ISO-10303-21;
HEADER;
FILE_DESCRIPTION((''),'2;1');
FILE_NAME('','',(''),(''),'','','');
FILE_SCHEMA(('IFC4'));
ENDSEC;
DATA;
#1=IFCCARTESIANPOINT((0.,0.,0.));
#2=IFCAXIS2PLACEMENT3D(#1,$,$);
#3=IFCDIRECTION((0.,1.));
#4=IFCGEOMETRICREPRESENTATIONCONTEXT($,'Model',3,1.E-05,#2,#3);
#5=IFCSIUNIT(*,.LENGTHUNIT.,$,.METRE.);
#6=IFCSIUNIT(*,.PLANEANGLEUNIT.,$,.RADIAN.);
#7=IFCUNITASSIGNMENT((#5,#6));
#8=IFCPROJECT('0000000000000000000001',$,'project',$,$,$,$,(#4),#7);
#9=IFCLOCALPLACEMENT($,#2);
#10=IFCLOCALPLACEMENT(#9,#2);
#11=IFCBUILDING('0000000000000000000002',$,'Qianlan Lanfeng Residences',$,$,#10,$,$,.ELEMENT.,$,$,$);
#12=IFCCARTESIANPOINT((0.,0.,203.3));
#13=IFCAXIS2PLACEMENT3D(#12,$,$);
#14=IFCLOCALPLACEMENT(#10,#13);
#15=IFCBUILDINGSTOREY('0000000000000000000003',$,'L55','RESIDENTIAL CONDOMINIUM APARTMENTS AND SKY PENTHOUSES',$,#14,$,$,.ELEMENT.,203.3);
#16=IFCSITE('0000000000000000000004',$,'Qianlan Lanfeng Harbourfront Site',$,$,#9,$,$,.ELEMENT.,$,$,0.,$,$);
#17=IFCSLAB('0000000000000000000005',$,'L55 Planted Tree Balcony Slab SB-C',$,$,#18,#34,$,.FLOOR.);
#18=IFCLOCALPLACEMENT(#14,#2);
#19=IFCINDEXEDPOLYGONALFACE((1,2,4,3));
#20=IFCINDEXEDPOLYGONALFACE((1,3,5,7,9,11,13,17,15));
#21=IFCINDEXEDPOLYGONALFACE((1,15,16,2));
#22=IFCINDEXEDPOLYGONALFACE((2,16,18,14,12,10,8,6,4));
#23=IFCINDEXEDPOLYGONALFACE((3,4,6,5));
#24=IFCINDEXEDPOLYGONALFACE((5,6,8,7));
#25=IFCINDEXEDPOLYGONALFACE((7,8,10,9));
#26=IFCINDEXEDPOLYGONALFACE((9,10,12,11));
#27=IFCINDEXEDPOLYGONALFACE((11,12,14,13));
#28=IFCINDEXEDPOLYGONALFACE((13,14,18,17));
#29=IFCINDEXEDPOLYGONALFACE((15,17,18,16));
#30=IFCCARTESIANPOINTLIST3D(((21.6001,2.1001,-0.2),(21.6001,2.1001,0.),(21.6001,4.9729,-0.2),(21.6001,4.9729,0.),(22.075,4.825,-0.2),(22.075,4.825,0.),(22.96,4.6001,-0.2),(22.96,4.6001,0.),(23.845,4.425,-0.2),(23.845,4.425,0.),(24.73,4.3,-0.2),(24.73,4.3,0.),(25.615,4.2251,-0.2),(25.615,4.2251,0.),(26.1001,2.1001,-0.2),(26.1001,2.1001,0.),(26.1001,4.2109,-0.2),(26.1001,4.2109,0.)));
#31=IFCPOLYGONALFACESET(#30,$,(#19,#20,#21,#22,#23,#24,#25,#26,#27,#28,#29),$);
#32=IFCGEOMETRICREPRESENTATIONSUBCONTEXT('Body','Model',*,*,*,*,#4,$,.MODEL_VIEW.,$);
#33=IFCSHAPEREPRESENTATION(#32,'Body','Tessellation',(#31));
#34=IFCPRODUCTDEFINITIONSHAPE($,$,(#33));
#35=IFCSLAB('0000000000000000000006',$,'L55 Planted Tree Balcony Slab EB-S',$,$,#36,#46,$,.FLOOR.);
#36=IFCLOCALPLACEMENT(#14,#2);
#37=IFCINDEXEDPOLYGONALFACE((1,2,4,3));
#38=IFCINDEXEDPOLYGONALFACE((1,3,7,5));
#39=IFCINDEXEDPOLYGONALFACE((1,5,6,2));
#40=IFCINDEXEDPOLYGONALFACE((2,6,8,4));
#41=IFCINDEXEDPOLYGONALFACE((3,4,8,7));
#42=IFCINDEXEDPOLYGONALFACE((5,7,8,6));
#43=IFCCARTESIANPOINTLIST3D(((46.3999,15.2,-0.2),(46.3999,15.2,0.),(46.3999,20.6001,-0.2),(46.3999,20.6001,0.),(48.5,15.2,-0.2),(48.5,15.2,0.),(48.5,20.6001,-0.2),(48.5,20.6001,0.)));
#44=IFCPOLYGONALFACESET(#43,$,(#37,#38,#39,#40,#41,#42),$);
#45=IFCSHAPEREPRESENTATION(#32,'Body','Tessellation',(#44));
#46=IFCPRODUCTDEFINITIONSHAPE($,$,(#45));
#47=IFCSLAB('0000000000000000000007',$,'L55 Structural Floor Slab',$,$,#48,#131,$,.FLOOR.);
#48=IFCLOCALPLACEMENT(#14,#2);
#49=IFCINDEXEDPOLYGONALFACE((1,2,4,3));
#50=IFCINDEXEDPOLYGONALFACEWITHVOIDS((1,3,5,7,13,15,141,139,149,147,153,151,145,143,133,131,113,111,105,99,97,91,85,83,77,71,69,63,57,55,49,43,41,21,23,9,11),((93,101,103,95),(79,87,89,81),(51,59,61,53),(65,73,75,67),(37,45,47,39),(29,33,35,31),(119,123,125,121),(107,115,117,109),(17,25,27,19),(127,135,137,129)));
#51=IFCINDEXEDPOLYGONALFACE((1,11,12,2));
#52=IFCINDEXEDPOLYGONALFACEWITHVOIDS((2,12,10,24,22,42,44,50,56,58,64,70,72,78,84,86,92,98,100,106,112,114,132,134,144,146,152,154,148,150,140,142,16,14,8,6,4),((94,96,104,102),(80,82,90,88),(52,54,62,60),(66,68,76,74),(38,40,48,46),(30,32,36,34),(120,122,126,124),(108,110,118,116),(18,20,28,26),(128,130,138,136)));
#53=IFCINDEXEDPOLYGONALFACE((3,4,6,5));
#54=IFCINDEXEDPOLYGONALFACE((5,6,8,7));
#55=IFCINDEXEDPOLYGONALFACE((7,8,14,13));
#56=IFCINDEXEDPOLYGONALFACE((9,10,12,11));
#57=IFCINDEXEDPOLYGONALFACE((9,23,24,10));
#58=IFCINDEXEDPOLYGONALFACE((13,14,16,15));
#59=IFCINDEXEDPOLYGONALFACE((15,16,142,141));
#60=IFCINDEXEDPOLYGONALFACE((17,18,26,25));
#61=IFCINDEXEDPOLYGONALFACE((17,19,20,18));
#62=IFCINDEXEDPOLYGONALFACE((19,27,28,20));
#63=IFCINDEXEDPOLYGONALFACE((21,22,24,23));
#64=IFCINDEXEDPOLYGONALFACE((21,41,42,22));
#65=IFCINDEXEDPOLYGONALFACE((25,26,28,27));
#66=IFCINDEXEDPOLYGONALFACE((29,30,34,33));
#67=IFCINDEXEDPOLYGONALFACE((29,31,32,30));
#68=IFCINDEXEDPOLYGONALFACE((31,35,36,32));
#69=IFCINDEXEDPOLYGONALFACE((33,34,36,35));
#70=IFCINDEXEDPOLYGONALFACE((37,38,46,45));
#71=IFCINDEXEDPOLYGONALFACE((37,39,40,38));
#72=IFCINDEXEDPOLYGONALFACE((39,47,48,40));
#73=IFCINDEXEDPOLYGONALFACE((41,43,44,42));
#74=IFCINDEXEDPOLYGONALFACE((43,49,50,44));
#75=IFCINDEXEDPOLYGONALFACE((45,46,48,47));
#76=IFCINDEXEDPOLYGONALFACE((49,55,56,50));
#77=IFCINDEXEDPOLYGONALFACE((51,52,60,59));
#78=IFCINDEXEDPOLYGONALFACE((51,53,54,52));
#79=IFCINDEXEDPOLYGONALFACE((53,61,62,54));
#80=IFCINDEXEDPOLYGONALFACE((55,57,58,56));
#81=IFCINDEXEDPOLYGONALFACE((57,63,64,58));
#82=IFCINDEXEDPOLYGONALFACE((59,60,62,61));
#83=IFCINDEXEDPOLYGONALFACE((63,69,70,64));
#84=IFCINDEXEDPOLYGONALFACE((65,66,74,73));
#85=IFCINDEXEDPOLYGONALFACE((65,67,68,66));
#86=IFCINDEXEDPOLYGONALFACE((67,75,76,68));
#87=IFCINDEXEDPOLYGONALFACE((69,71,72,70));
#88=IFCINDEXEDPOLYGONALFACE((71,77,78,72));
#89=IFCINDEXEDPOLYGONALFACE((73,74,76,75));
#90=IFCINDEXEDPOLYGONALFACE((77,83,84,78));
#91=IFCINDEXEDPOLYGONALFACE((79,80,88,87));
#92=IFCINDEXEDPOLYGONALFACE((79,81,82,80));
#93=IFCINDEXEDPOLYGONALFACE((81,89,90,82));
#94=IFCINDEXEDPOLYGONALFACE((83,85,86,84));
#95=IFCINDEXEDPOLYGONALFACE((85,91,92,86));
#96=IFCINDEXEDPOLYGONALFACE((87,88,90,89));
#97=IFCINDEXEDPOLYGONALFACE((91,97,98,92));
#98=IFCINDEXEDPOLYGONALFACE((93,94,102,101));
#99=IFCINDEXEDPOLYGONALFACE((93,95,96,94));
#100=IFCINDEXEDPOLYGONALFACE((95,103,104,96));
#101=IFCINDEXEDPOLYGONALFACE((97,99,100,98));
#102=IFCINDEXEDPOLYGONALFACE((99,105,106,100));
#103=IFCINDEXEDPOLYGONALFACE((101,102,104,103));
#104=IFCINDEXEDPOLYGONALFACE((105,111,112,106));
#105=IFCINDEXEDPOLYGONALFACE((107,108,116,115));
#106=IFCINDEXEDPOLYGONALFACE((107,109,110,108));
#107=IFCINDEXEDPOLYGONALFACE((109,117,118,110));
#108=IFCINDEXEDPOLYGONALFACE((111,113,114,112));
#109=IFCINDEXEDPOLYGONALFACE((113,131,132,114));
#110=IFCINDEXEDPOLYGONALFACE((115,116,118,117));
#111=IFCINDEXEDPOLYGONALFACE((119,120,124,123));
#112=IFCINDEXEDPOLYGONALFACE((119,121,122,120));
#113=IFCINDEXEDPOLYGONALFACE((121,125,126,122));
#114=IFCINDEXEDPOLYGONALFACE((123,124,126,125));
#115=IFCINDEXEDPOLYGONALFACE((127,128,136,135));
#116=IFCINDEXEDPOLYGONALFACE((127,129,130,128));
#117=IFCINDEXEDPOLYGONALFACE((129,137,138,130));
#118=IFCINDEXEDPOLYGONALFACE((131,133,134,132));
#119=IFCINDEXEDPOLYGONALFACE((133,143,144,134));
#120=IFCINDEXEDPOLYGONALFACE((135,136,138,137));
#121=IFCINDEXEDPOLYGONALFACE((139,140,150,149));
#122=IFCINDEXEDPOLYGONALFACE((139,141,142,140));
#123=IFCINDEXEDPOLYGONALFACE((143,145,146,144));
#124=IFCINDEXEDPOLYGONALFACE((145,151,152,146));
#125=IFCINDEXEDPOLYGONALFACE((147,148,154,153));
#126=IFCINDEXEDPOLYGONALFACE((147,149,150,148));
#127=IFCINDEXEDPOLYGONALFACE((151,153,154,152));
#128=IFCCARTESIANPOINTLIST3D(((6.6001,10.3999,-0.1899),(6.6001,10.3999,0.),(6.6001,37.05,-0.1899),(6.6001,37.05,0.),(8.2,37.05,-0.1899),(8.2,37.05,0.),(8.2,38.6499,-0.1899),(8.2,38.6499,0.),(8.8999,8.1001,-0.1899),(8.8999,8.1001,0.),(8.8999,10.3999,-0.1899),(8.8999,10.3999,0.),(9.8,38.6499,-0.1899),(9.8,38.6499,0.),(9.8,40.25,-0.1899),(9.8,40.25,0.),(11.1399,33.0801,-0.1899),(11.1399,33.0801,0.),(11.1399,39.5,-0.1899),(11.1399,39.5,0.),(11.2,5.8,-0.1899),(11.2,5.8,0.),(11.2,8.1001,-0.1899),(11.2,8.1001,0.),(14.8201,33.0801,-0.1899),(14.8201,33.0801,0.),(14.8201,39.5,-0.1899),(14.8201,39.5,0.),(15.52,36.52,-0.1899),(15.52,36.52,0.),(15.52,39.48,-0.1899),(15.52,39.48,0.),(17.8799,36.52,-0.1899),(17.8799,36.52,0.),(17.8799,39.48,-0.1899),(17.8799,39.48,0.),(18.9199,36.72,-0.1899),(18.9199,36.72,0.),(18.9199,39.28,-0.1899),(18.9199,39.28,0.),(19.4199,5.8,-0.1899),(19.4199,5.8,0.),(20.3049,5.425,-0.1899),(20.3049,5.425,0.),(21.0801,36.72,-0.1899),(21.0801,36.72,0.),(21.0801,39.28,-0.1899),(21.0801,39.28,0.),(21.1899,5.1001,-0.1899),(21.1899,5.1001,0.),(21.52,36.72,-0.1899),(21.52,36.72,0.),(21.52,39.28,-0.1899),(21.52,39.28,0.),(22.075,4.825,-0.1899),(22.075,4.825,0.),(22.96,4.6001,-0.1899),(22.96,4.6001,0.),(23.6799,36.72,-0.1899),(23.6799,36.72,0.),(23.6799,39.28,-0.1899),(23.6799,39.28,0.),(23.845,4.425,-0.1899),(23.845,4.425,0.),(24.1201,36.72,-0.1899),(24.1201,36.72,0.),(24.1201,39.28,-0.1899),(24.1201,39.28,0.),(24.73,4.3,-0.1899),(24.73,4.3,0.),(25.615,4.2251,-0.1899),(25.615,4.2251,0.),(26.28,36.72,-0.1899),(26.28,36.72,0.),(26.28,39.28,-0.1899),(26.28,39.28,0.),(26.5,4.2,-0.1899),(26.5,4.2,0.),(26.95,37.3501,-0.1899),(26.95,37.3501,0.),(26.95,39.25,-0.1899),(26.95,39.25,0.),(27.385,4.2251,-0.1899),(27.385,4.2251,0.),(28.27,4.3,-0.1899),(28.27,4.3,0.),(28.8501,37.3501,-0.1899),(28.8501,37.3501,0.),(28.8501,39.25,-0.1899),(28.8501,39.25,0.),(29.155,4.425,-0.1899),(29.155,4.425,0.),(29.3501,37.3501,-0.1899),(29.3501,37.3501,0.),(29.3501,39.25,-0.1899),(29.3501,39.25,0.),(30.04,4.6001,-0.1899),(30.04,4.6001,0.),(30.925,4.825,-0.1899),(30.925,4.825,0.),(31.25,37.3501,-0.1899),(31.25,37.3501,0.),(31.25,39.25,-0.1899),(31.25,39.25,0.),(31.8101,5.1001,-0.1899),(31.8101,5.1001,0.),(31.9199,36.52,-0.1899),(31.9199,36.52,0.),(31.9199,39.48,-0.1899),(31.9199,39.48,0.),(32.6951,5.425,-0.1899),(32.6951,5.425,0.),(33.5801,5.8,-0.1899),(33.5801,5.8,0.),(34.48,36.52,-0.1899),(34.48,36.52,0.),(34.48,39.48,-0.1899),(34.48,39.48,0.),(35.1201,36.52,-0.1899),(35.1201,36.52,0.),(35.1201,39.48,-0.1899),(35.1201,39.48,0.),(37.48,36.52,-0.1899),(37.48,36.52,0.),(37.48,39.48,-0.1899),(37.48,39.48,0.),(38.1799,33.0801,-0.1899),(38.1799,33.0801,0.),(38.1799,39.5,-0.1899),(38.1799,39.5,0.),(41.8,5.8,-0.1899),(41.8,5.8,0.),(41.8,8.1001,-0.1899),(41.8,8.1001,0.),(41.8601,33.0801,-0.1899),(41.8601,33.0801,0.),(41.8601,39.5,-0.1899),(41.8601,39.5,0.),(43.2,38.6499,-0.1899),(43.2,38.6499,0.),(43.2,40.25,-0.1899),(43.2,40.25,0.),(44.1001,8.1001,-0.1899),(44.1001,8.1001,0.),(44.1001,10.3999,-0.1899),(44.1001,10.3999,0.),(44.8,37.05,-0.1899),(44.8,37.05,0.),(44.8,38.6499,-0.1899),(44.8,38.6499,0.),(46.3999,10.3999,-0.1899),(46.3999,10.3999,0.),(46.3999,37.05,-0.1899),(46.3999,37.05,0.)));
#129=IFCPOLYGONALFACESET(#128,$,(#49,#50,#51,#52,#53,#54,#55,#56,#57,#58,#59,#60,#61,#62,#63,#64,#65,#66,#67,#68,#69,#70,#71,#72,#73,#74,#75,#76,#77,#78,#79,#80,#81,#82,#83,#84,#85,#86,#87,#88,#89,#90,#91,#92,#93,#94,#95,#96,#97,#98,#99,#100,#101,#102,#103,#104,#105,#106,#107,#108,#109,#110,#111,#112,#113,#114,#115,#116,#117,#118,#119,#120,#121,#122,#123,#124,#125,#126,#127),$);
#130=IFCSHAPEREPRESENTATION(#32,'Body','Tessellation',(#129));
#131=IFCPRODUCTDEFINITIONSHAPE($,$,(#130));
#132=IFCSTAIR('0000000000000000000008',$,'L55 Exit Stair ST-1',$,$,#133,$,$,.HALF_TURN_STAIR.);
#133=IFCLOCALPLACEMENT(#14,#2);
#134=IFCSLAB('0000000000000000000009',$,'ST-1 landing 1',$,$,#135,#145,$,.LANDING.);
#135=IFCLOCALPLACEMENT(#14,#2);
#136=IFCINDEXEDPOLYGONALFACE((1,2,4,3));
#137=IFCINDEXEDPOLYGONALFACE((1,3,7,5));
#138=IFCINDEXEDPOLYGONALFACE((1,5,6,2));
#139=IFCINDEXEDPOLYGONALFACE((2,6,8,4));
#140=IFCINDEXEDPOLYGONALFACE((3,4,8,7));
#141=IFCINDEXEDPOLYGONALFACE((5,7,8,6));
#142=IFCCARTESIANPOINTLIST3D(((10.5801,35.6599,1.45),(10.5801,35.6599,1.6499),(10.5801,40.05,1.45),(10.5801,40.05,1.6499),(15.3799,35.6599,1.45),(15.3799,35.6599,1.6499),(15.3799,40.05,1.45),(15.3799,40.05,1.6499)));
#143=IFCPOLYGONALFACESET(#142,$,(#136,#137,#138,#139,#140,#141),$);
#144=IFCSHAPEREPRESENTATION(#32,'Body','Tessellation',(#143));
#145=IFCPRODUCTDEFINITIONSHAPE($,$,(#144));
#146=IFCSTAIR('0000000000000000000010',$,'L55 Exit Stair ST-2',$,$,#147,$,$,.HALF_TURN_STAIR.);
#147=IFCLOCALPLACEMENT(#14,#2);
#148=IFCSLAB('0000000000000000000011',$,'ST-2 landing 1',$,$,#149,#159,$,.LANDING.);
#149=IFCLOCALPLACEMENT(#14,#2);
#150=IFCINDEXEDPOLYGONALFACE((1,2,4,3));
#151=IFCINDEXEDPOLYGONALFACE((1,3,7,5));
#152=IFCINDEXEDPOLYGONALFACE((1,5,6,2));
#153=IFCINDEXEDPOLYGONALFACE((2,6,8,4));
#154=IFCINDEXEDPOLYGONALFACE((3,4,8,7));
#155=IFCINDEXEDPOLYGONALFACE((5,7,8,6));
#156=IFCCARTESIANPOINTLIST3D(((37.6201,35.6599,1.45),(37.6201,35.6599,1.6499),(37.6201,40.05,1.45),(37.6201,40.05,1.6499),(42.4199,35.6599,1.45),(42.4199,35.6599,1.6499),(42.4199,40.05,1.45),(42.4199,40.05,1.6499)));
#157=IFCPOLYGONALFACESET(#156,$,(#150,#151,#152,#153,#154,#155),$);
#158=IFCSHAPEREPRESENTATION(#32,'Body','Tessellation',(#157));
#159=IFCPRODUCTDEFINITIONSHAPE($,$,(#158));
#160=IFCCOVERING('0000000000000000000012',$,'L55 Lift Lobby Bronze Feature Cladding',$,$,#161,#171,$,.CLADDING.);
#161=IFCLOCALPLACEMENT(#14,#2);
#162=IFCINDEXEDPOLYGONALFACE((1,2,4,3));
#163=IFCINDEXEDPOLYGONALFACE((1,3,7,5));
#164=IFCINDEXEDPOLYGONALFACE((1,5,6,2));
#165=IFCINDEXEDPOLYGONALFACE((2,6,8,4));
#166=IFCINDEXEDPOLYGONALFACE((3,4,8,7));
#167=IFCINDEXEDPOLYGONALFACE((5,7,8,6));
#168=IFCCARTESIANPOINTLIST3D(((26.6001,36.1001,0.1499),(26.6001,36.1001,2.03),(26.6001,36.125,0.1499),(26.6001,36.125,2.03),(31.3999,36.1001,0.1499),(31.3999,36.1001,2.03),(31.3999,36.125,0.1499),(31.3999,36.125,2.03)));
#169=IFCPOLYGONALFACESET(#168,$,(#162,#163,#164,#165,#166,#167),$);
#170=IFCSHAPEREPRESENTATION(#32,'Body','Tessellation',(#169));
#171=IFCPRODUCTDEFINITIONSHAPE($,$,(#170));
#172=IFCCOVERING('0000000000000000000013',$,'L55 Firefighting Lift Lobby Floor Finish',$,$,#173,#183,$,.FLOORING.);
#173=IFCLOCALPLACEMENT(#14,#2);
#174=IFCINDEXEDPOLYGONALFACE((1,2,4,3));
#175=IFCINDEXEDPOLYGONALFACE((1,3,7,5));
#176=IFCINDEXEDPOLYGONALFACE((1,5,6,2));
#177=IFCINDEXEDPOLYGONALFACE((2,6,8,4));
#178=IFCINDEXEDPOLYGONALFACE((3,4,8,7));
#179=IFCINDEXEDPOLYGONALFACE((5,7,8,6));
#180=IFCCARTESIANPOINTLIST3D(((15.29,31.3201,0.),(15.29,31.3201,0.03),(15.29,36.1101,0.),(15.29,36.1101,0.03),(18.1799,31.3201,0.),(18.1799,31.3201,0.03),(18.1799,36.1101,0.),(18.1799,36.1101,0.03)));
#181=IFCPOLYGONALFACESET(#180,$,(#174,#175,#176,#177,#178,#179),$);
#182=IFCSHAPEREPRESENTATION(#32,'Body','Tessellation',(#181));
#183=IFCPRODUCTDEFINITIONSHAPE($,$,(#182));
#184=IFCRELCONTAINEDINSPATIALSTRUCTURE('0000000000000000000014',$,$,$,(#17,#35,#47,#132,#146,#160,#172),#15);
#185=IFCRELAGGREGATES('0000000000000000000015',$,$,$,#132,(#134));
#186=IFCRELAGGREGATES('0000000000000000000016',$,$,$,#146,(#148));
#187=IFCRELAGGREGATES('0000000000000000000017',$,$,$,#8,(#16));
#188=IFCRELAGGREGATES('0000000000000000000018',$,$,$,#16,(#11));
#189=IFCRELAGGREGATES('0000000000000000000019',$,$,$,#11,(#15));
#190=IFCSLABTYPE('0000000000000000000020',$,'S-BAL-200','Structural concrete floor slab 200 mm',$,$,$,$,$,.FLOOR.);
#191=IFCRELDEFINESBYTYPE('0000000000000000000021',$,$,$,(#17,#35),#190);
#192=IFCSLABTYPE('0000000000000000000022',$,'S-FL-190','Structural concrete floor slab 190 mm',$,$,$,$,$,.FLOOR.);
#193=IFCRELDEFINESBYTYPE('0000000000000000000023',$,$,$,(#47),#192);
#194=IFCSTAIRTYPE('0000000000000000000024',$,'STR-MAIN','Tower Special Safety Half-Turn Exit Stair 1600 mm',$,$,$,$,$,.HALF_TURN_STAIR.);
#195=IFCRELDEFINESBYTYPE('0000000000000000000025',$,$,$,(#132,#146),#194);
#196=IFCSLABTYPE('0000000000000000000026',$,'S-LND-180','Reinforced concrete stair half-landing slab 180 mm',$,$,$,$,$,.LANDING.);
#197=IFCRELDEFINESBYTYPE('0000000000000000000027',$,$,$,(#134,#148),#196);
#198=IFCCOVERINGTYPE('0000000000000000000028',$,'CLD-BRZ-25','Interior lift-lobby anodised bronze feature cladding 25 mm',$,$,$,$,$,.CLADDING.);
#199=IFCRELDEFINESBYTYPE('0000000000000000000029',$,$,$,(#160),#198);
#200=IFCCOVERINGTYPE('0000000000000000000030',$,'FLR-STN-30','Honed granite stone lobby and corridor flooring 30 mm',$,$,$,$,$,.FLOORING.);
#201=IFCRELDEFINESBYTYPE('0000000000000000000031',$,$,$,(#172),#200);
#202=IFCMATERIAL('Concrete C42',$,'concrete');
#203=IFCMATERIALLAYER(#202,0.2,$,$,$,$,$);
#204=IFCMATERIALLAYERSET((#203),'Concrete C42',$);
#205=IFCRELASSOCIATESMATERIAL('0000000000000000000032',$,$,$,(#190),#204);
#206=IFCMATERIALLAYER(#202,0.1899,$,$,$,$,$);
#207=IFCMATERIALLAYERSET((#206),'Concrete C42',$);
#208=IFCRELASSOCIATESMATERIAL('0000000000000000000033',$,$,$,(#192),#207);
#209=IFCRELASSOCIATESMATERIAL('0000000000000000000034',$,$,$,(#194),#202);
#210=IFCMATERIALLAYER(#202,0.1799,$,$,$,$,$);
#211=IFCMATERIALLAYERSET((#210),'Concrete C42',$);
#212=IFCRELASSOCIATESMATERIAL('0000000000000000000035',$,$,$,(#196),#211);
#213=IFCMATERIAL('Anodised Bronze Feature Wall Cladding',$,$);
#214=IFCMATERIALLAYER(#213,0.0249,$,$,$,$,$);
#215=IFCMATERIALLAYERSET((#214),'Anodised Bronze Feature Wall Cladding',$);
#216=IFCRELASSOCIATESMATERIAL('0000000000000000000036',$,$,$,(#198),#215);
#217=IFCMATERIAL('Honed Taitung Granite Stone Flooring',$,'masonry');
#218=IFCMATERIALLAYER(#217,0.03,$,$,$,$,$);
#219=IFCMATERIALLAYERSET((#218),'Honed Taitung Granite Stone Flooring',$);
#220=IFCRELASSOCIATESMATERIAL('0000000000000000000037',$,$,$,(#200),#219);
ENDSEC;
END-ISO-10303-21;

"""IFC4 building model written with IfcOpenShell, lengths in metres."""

from ifc_helpers import new_model, si_unit, direction, frame, origin, place, context, subcontext, project, spatial, polyline, outline, extrude, material, layer, layer_set, type_object, element, aggregate, save


model = new_model("IFC4")

# Units and contexts
model_context = context("Model", 3, precision=1e-05, world=origin(), true_north=direction((0.0, 1.0)))
body_context = subcontext(model_context, "Body", "Model", "MODEL_VIEW")
ifc_project = project(units=[si_unit("LENGTHUNIT", "METRE"), si_unit("PLANEANGLEUNIT", "RADIAN")], contexts=[model_context])

# Site, building, storey
site_placement = place(None, origin())
site = spatial("IfcSite", under=ifc_project, at=site_placement, Name="Qianlan Lanfeng Harbourfront Site", CompositionType="ELEMENT", RefElevation=0.0)
building_placement = place(site_placement, origin())
building = spatial("IfcBuilding", under=site, at=building_placement, Name="Qianlan Lanfeng Residences", CompositionType="ELEMENT")
storey_placement = place(building_placement, frame((0.0, 0.0, 203.3)))
storey = spatial("IfcBuildingStorey", under=building, at=storey_placement, Name="L55", Description="RESIDENTIAL CONDOMINIUM APARTMENTS AND SKY PENTHOUSES", CompositionType="ELEMENT", Elevation=203.3)

# Slabs
ifc_material_1 = material(Name="Concrete C42", Category="concrete")
ifc_layer_1 = layer(ifc_material_1, 0.2)
ifc_layer_set_1 = layer_set([ifc_layer_1], Name="Concrete C42")
slab_type_1 = type_object("IfcSlabType", Name="S-BAL-200", Description="Structural concrete floor slab 200 mm", PredefinedType="FLOOR", material=ifc_layer_set_1)
slab_1_placement = place(storey_placement, frame((0.0, 0.0, -0.2)))
element("IfcSlab", 1, at=slab_1_placement, inside=storey, type_object=slab_type_1, Name="L55 Planted Tree Balcony Slab SB-C", PredefinedType="FLOOR", context=body_context, shape_type="SweptSolid", body=[
    extrude(outline(polyline([(26.1001, 4.2109), (25.615, 4.2251), (24.73, 4.3), (23.845, 4.425), (22.96, 4.6001), (22.075, 4.825), (21.6001, 4.9729), (21.6001, 2.1001), (26.1001, 2.1001), (26.1001, 4.2109)])), origin(), (0.0, 0.0, 1.0), 0.2),
])
slab_2_placement = place(storey_placement, frame((0.0, 0.0, -0.2)))
element("IfcSlab", 2, at=slab_2_placement, inside=storey, type_object=slab_type_1, Name="L55 Planted Tree Balcony Slab EB-S", PredefinedType="FLOOR", context=body_context, shape_type="SweptSolid", body=[
    extrude(outline(polyline([(46.3999, 20.6001), (46.3999, 15.2), (48.5, 15.2), (48.5, 20.6001), (46.3999, 20.6001)])), origin(), (0.0, 0.0, 1.0), 0.2),
])
ifc_layer_2 = layer(ifc_material_1, 0.1899)
ifc_layer_set_2 = layer_set([ifc_layer_2], Name="Concrete C42")
slab_type_2 = type_object("IfcSlabType", Name="S-FL-190", Description="Structural concrete floor slab 190 mm", PredefinedType="FLOOR", material=ifc_layer_set_2)
slab_3_placement = place(storey_placement, frame((0.0, 0.0, -0.1899)))
element("IfcSlab", 3, at=slab_3_placement, inside=storey, type_object=slab_type_2, Name="L55 Structural Floor Slab", PredefinedType="FLOOR", context=body_context, shape_type="SweptSolid", body=[
    extrude(outline(polyline([(6.6001, 10.3999), (8.8999, 10.3999), (8.8999, 8.1001), (11.2, 8.1001), (11.2, 5.8), (19.4199, 5.8), (20.3049, 5.425), (21.1899, 5.1001), (22.075, 4.825), (22.96, 4.6001), (23.845, 4.425), (24.73, 4.3), (25.615, 4.2251), (26.5, 4.2), (27.385, 4.2251), (28.27, 4.3), (29.155, 4.425), (30.04, 4.6001), (30.925, 4.825), (31.8101, 5.1001), (32.6951, 5.425), (33.5801, 5.8), (41.8, 5.8), (41.8, 8.1001), (44.1001, 8.1001), (44.1001, 10.3999), (46.3999, 10.3999), (46.3999, 37.05), (44.8, 37.05), (44.8, 38.6499), (43.2, 38.6499), (43.2, 40.25), (9.8, 40.25), (9.8, 38.6499), (8.2, 38.6499), (8.2, 37.05), (6.6001, 37.05), (6.6001, 10.3999)]), holes=[polyline([(11.1399, 33.0801), (11.1399, 39.5), (14.8201, 39.5), (14.8201, 33.0801), (11.1399, 33.0801)]), polyline([(38.1799, 33.0801), (38.1799, 39.5), (41.8601, 39.5), (41.8601, 33.0801), (38.1799, 33.0801)]), polyline([(15.52, 36.52), (15.52, 39.48), (17.8799, 39.48), (17.8799, 36.52), (15.52, 36.52)]), polyline([(35.1201, 36.52), (35.1201, 39.48), (37.48, 39.48), (37.48, 36.52), (35.1201, 36.52)]), polyline([(31.9199, 36.52), (31.9199, 39.48), (34.48, 39.48), (34.48, 36.52), (31.9199, 36.52)]), polyline([(18.9199, 36.72), (18.9199, 39.28), (21.0801, 39.28), (21.0801, 36.72), (18.9199, 36.72)]), polyline([(21.52, 36.72), (21.52, 39.28), (23.6799, 39.28), (23.6799, 36.72), (21.52, 36.72)]), polyline([(24.1201, 36.72), (24.1201, 39.28), (26.28, 39.28), (26.28, 36.72), (24.1201, 36.72)]), polyline([(26.95, 37.3501), (26.95, 39.25), (28.8501, 39.25), (28.8501, 37.3501), (26.95, 37.3501)]), polyline([(29.3501, 37.3501), (29.3501, 39.25), (31.25, 39.25), (31.25, 37.3501), (29.3501, 37.3501)])]), origin(), (0.0, 0.0, 1.0), 0.1899),
])

# Stairs, slabs
stair_type = type_object("IfcStairType", Name="STR-MAIN", Description="Tower Special Safety Half-Turn Exit Stair 1600 mm", PredefinedType="HALF_TURN_STAIR", material=ifc_material_1)
stair_1_placement = place(storey_placement, origin())
stair_1 = element("IfcStair", 4, at=stair_1_placement, inside=storey, type_object=stair_type, Name="L55 Exit Stair ST-1", PredefinedType="HALF_TURN_STAIR")
ifc_layer_3 = layer(ifc_material_1, 0.1799)
ifc_layer_set_3 = layer_set([ifc_layer_3], Name="Concrete C42")
slab_type_3 = type_object("IfcSlabType", Name="S-LND-180", Description="Reinforced concrete stair half-landing slab 180 mm", PredefinedType="LANDING", material=ifc_layer_set_3)
slab_4_placement = place(storey_placement, frame((0.0, 0.0, 1.45)))
slab_4 = element("IfcSlab", 5, at=slab_4_placement, type_object=slab_type_3, Name="ST-1 landing 1", PredefinedType="LANDING", context=body_context, shape_type="SweptSolid", body=[
    extrude(outline(polyline([(10.5801, 35.6599), (15.3799, 35.6599), (15.3799, 40.05), (10.5801, 40.05), (10.5801, 35.6599)])), origin(), (0.0, 0.0, 1.0), 0.2),
])
aggregate(stair_1, [slab_4])
stair_2_placement = place(storey_placement, origin())
stair_2 = element("IfcStair", 6, at=stair_2_placement, inside=storey, type_object=stair_type, Name="L55 Exit Stair ST-2", PredefinedType="HALF_TURN_STAIR")
slab_5_placement = place(storey_placement, frame((0.0, 0.0, 1.45)))
slab_5 = element("IfcSlab", 7, at=slab_5_placement, type_object=slab_type_3, Name="ST-2 landing 1", PredefinedType="LANDING", context=body_context, shape_type="SweptSolid", body=[
    extrude(outline(polyline([(37.6201, 35.6599), (42.4199, 35.6599), (42.4199, 40.05), (37.6201, 40.05), (37.6201, 35.6599)])), origin(), (0.0, 0.0, 1.0), 0.2),
])
aggregate(stair_2, [slab_5])

# Coverings
ifc_material_2 = material(Name="Anodised Bronze Feature Wall Cladding")
ifc_layer_4 = layer(ifc_material_2, 0.0249)
ifc_layer_set_4 = layer_set([ifc_layer_4], Name="Anodised Bronze Feature Wall Cladding")
covering_type_1 = type_object("IfcCoveringType", Name="CLD-BRZ-25", Description="Interior lift-lobby anodised bronze feature cladding 25 mm", PredefinedType="CLADDING", material=ifc_layer_set_4)
covering_1_placement = place(storey_placement, frame((0.0, 0.0, 0.1499)))
element("IfcCovering", 8, at=covering_1_placement, inside=storey, type_object=covering_type_1, Name="L55 Lift Lobby Bronze Feature Cladding", PredefinedType="CLADDING", context=body_context, shape_type="SweptSolid", body=[
    extrude(outline(polyline([(26.6001, 36.1001), (31.3999, 36.1001), (31.3999, 36.125), (26.6001, 36.125), (26.6001, 36.1001)])), origin(), (0.0, 0.0, 1.0), 1.8801),
])
ifc_material_3 = material(Name="Honed Taitung Granite Stone Flooring", Category="masonry")
ifc_layer_5 = layer(ifc_material_3, 0.03)
ifc_layer_set_5 = layer_set([ifc_layer_5], Name="Honed Taitung Granite Stone Flooring")
covering_type_2 = type_object("IfcCoveringType", Name="FLR-STN-30", Description="Honed granite stone lobby and corridor flooring 30 mm", PredefinedType="FLOORING", material=ifc_layer_set_5)
covering_2_placement = place(storey_placement, origin())
element("IfcCovering", 9, at=covering_2_placement, inside=storey, type_object=covering_type_2, Name="L55 Firefighting Lift Lobby Floor Finish", PredefinedType="FLOORING", context=body_context, shape_type="SweptSolid", body=[
    extrude(outline(polyline([(15.29, 31.3201), (18.1799, 31.3201), (18.1799, 36.1101), (15.29, 36.1101), (15.29, 31.3201)])), origin(), (0.0, 0.0, 1.0), 0.03),
])

save(model, "model.ifc")
